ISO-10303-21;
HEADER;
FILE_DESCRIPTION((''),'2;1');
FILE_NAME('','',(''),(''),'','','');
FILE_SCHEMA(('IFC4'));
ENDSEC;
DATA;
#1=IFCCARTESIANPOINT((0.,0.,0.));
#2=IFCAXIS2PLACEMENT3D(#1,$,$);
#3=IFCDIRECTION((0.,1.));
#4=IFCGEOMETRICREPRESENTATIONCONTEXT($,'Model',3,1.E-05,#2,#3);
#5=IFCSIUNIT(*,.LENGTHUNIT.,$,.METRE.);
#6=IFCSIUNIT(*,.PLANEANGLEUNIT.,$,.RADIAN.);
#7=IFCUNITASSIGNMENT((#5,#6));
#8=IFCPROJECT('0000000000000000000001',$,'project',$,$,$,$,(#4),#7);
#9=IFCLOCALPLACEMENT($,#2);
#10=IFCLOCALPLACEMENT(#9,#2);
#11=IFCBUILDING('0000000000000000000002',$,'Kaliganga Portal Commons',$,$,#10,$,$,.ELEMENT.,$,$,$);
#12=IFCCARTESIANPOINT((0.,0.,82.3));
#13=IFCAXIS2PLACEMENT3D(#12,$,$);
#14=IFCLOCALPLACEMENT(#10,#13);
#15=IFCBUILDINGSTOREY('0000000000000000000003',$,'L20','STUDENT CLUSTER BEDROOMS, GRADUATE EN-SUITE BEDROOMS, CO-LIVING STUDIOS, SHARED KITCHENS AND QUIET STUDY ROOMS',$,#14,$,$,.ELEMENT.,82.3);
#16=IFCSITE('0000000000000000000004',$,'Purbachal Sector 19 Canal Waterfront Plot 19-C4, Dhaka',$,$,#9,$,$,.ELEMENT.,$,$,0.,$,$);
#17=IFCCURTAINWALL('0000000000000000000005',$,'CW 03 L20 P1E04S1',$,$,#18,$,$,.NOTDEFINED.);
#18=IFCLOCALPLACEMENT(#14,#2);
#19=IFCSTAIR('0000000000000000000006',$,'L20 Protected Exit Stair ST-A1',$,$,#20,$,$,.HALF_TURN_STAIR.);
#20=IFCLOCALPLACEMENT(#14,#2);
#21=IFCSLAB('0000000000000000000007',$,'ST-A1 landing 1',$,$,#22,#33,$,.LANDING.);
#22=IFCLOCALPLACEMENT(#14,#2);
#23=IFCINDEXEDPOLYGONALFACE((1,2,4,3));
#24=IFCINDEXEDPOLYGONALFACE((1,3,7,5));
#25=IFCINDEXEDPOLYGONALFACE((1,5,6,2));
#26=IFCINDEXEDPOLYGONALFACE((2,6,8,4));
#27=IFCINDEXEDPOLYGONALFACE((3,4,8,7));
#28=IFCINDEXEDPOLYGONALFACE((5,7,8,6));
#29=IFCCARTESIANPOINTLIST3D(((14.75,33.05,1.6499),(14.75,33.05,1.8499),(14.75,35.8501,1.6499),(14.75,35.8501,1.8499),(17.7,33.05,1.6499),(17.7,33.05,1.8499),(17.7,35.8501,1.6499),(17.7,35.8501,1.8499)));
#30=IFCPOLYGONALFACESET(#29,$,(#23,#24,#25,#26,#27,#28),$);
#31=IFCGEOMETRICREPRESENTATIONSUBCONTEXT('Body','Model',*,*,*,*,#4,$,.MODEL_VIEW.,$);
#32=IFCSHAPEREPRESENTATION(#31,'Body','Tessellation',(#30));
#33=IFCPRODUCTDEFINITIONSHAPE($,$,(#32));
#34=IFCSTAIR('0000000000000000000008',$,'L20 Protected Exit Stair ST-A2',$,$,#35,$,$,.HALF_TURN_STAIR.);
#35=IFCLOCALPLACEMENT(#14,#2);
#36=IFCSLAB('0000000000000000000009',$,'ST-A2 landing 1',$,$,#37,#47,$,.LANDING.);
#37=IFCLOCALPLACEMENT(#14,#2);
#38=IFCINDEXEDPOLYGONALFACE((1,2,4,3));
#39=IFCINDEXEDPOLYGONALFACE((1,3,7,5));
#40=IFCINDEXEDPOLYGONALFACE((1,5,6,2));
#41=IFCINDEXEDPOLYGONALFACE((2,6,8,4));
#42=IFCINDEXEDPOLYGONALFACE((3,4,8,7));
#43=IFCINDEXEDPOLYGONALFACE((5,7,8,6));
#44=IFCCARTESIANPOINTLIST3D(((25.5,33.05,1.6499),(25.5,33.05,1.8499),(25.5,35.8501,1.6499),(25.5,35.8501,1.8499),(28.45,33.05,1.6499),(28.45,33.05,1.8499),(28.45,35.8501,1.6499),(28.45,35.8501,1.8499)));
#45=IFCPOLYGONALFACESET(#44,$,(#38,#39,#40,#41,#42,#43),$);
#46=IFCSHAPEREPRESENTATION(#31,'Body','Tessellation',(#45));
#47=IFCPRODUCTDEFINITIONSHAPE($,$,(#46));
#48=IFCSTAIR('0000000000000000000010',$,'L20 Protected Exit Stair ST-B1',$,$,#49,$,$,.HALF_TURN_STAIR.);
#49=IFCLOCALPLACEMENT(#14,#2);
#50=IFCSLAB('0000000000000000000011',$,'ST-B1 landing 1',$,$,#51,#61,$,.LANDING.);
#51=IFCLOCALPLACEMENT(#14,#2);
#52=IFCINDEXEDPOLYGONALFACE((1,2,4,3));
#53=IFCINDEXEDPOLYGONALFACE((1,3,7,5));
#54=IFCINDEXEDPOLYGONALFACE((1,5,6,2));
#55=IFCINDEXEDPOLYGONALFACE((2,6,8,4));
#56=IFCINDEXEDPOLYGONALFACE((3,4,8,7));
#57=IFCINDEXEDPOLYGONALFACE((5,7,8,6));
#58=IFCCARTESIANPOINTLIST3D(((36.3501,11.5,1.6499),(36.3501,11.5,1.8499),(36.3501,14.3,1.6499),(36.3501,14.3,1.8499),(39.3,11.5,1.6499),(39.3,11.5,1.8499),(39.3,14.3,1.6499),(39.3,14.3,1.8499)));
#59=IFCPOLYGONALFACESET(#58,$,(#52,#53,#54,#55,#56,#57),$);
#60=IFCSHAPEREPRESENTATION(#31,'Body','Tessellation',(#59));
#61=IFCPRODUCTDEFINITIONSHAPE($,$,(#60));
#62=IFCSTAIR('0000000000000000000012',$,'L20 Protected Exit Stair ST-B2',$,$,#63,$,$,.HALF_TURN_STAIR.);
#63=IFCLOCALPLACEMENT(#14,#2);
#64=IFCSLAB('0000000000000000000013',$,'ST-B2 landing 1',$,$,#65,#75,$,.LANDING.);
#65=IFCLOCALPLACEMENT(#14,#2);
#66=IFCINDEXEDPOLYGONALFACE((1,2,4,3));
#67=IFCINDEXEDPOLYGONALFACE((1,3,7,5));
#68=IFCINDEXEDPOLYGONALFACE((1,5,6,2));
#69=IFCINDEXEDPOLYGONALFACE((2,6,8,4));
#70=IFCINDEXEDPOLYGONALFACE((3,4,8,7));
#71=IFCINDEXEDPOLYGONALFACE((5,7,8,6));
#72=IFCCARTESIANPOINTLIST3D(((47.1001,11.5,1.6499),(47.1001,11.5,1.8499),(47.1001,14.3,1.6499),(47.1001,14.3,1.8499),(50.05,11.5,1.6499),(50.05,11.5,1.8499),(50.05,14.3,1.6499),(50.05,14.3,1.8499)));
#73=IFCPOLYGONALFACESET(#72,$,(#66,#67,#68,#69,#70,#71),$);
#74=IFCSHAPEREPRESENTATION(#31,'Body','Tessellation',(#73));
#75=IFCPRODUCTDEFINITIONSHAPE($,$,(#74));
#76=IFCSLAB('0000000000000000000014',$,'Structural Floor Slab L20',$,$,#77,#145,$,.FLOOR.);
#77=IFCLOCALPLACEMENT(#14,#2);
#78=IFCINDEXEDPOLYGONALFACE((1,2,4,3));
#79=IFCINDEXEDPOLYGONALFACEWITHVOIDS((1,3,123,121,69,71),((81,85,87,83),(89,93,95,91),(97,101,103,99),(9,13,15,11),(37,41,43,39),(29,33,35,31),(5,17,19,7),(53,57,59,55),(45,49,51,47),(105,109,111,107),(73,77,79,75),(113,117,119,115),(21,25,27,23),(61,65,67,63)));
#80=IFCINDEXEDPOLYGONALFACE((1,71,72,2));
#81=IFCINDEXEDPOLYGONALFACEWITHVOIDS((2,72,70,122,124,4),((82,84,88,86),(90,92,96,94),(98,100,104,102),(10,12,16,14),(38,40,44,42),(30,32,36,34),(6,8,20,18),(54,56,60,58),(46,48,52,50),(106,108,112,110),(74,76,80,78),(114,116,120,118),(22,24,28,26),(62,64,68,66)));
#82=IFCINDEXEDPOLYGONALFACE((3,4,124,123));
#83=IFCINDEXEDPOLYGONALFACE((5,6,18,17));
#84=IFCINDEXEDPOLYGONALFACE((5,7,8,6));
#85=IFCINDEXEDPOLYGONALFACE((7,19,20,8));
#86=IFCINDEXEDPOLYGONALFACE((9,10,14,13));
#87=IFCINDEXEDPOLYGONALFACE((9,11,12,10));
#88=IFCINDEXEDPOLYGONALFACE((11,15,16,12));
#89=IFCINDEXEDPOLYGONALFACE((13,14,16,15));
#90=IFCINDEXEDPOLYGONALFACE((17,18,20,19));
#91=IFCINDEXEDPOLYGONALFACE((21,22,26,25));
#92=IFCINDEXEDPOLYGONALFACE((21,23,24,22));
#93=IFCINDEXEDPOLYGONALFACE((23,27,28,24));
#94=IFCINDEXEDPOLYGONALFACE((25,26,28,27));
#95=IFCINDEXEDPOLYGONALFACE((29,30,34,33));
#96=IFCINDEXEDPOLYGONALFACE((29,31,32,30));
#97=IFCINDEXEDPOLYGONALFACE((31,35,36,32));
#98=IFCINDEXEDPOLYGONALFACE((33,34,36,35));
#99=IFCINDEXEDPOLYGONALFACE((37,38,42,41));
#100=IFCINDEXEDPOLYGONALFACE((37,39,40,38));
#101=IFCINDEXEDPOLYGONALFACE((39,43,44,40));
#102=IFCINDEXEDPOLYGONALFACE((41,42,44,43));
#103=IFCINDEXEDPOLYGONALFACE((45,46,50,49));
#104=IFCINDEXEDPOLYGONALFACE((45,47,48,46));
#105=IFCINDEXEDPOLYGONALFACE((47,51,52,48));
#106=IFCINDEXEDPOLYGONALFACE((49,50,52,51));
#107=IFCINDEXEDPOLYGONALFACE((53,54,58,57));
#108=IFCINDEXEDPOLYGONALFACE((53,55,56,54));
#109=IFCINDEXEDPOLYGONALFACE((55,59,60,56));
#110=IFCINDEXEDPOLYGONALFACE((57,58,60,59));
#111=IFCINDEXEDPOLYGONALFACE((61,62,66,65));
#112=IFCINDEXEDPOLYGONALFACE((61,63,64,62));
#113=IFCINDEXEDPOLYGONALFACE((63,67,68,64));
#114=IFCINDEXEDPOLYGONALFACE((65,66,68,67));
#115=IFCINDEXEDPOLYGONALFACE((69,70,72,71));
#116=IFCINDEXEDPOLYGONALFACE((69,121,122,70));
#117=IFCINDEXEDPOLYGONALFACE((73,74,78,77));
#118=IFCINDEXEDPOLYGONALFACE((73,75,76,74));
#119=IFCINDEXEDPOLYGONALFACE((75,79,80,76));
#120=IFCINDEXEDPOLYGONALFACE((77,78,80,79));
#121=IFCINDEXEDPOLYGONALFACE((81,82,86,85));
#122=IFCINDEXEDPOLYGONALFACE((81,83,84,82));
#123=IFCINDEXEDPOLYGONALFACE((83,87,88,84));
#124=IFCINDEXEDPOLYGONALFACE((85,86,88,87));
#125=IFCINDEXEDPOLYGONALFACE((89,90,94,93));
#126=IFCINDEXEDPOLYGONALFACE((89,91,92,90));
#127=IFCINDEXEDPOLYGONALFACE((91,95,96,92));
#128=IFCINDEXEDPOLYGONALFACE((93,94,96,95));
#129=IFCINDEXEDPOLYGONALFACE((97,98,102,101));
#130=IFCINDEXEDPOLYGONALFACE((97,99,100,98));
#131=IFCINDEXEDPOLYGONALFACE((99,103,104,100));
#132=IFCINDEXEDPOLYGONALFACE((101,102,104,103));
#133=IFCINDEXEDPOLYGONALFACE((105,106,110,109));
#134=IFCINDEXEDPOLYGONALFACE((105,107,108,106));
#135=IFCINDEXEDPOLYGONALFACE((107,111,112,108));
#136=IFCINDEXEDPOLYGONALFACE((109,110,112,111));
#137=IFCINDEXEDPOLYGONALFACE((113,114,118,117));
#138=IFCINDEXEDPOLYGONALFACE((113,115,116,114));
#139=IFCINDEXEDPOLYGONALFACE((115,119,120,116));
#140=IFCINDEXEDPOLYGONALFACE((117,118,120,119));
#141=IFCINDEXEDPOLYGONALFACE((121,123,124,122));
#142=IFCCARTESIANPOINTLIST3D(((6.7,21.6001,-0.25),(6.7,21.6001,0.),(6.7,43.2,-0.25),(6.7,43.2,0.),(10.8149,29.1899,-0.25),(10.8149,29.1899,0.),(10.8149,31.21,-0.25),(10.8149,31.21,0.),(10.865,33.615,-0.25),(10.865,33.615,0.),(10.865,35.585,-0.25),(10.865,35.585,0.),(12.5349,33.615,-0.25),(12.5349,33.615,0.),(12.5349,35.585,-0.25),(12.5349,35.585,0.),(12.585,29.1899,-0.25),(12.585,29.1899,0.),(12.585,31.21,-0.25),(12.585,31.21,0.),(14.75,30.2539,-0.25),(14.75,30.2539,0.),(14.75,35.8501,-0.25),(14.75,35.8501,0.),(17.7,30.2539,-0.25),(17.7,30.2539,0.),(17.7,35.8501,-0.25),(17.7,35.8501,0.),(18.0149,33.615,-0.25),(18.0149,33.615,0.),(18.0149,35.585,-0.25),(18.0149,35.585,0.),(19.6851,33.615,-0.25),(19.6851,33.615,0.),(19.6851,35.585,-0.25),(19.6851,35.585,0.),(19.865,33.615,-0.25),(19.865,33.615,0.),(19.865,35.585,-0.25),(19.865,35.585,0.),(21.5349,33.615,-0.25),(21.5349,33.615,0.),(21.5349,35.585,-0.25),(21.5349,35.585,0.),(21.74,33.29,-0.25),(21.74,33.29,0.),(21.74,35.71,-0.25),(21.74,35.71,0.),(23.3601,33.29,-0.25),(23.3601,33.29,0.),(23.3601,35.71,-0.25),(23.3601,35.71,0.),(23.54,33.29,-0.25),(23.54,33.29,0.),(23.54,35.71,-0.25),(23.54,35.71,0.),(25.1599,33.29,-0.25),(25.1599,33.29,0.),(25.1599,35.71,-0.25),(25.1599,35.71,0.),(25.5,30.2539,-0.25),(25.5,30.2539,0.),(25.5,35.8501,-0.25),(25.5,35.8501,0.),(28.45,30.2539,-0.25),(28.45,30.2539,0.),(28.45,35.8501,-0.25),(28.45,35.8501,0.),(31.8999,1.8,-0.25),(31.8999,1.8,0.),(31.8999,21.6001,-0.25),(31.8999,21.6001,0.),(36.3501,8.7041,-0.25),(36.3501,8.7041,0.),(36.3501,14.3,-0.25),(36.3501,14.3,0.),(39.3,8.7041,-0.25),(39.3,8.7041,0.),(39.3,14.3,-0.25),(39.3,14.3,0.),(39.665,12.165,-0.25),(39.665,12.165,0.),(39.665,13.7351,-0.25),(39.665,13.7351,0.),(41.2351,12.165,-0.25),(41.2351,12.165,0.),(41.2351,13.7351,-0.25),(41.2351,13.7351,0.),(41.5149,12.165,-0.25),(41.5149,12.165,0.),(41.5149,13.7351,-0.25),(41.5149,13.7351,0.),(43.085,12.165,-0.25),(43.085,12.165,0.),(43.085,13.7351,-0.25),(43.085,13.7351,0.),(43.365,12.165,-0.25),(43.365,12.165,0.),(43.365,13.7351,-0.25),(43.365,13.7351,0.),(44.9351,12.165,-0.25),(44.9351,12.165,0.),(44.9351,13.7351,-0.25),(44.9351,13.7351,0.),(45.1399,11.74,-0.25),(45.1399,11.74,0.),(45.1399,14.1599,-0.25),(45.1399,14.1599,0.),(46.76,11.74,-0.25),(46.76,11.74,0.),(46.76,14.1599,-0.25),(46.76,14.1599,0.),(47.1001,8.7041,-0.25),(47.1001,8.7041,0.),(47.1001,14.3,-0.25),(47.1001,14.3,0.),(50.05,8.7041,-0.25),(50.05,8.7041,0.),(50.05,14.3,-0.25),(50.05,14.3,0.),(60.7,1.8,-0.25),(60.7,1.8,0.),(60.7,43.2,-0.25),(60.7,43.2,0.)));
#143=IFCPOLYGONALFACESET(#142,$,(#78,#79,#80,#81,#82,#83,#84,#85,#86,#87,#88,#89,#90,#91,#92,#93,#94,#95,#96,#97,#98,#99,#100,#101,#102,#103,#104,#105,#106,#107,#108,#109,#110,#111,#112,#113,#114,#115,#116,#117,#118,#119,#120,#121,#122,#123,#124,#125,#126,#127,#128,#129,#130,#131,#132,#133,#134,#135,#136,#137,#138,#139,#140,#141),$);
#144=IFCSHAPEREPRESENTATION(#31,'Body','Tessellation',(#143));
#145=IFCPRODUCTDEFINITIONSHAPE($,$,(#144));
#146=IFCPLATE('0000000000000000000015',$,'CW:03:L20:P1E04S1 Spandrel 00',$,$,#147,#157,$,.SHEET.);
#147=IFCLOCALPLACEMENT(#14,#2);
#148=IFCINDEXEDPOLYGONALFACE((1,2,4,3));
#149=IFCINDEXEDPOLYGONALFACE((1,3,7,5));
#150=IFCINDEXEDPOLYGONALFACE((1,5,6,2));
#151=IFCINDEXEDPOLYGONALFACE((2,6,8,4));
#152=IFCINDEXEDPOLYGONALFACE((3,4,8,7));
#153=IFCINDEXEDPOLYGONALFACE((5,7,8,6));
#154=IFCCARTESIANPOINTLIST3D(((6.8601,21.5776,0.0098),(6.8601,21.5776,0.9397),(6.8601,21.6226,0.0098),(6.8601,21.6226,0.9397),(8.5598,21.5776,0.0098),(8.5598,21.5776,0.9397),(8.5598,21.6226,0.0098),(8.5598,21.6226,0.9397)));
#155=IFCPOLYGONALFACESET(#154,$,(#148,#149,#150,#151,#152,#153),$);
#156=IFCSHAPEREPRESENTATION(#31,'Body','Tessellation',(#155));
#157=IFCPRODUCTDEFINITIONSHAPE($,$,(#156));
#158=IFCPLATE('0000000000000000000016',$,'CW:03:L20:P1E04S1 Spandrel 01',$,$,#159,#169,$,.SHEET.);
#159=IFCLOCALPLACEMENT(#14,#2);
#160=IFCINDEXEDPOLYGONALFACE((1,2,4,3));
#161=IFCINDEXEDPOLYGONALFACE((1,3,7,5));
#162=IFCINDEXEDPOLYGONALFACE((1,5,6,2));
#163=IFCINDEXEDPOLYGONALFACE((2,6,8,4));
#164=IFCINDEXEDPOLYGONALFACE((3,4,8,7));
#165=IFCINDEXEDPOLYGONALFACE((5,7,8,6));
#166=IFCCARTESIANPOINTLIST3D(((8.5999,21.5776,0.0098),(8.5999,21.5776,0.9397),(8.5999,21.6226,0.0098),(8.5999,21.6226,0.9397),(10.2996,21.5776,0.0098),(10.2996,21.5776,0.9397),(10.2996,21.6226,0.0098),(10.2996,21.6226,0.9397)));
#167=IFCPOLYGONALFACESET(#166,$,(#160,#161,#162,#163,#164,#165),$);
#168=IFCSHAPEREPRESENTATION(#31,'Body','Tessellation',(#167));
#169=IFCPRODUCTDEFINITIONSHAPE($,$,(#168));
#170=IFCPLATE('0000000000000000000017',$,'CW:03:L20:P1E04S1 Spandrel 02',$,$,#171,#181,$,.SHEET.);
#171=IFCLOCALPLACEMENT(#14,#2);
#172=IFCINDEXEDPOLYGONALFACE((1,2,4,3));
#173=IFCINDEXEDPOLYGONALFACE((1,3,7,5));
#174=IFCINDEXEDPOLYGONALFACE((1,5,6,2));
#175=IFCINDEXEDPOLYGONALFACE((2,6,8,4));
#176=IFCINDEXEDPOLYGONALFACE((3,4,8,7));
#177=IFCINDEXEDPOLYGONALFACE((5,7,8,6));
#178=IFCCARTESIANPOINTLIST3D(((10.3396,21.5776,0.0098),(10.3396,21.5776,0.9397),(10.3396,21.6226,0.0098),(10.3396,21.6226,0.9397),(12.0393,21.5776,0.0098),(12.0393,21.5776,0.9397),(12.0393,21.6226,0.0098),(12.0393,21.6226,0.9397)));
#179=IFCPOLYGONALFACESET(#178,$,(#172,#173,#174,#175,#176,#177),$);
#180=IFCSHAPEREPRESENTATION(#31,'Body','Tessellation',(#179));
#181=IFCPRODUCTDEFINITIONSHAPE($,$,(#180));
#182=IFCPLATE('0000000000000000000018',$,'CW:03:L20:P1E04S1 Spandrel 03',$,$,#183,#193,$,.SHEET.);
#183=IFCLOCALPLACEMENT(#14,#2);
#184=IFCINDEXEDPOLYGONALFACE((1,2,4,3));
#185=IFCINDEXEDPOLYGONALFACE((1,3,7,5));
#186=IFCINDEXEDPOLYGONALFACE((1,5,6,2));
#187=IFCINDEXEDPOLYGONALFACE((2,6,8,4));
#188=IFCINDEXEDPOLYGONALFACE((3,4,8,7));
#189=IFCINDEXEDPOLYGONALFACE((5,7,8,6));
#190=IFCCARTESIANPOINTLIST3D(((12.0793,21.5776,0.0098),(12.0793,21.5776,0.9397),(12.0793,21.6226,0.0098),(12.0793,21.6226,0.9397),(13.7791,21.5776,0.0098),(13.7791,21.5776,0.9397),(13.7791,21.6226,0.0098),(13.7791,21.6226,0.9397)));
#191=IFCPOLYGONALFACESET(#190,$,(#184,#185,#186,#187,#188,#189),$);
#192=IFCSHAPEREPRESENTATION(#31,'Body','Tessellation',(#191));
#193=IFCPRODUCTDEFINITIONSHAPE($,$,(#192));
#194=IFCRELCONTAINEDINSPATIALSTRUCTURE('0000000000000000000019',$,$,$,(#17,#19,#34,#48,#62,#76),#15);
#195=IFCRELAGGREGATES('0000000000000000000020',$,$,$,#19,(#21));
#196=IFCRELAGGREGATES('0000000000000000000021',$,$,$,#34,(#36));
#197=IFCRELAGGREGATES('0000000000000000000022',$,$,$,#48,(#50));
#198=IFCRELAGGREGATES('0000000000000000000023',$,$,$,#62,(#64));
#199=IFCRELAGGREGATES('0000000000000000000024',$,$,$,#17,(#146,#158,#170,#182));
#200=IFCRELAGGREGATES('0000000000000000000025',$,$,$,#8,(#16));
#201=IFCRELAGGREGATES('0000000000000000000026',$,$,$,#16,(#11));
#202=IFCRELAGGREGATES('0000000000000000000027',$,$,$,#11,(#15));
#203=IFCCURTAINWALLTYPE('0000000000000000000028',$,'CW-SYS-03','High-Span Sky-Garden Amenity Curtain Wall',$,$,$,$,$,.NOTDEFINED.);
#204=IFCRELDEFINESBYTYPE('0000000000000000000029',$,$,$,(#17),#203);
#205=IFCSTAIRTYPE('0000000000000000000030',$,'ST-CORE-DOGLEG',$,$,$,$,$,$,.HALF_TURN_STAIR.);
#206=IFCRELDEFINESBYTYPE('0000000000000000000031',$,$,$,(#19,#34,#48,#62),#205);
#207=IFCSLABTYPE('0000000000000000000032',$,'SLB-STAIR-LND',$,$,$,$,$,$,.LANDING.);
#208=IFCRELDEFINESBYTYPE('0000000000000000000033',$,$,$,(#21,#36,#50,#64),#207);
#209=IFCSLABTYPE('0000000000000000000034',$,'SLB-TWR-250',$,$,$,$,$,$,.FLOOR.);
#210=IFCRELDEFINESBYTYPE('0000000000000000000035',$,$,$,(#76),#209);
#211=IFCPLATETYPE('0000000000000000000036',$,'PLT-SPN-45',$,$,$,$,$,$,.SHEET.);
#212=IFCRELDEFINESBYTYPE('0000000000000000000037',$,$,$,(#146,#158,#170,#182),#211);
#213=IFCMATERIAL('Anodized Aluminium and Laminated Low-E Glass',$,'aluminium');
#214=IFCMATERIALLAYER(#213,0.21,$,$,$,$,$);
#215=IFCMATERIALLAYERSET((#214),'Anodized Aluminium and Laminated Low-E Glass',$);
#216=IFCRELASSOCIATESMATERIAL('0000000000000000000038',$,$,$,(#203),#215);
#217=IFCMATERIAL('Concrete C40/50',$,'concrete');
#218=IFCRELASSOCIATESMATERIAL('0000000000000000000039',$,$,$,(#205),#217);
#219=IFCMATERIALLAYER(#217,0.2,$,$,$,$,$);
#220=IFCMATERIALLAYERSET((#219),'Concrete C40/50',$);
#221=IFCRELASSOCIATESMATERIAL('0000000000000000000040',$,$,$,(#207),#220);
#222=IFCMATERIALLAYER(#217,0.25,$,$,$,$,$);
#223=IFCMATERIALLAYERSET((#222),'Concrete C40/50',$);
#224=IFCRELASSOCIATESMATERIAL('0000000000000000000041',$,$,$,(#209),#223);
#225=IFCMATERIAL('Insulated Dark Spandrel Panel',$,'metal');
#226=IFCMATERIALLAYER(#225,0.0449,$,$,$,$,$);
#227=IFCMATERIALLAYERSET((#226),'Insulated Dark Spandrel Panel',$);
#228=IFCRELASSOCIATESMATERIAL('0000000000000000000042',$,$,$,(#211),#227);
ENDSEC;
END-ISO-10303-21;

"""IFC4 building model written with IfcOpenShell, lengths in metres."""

from ifc_helpers import new_model, si_unit, direction, frame, origin, origin_2d, place, context, subcontext, project, spatial, polyline, rectangle, outline, extrude, source, transform, mapped, material, layer, layer_set, type_object, element, aggregate, save


model = new_model("IFC4")

# Units and contexts
model_context = context("Model", 3, precision=1e-05, world=origin(), true_north=direction((0.0, 1.0)))
body_context = subcontext(model_context, "Body", "Model", "MODEL_VIEW")
ifc_project = project(units=[si_unit("LENGTHUNIT", "METRE"), si_unit("PLANEANGLEUNIT", "RADIAN")], contexts=[model_context])

# Site, building, storey
site_placement = place(None, origin())
site = spatial("IfcSite", under=ifc_project, at=site_placement, Name="Purbachal Sector 19 Canal Waterfront Plot 19-C4, Dhaka", CompositionType="ELEMENT", RefElevation=0.0)
building_placement = place(site_placement, origin())
building = spatial("IfcBuilding", under=site, at=building_placement, Name="Kaliganga Portal Commons", CompositionType="ELEMENT")
storey_placement = place(building_placement, frame((0.0, 0.0, 82.3)))
storey = spatial("IfcBuildingStorey", under=building, at=storey_placement, Name="L20", Description="STUDENT CLUSTER BEDROOMS, GRADUATE EN-SUITE BEDROOMS, CO-LIVING STUDIOS, SHARED KITCHENS AND QUIET STUDY ROOMS", CompositionType="ELEMENT", Elevation=82.3)

# Curtain wall
ifc_material_1 = material(Name="Anodized Aluminium and Laminated Low-E Glass", Category="aluminium")
ifc_layer_1 = layer(ifc_material_1, 0.21)
ifc_layer_set_1 = layer_set([ifc_layer_1], Name="Anodized Aluminium and Laminated Low-E Glass")
curtain_wall_type = type_object("IfcCurtainWallType", Name="CW-SYS-03", Description="High-Span Sky-Garden Amenity Curtain Wall", PredefinedType="NOTDEFINED", material=ifc_layer_set_1)
curtain_wall_placement = place(storey_placement, origin())
curtain_wall = element("IfcCurtainWall", 1, at=curtain_wall_placement, inside=storey, type_object=curtain_wall_type, Name="CW 03 L20 P1E04S1", PredefinedType="NOTDEFINED")

# Shared definitions
ifc_material_2 = material(Name="Concrete C40/50", Category="concrete")

# Stairs, slabs
stair_type = type_object("IfcStairType", Name="ST-CORE-DOGLEG", PredefinedType="HALF_TURN_STAIR", material=ifc_material_2)
stair_1_placement = place(storey_placement, origin())
stair_1 = element("IfcStair", 2, at=stair_1_placement, inside=storey, type_object=stair_type, Name="L20 Protected Exit Stair ST-A1", PredefinedType="HALF_TURN_STAIR")
ifc_layer_2 = layer(ifc_material_2, 0.2)
ifc_layer_set_2 = layer_set([ifc_layer_2], Name="Concrete C40/50")
slab_type_1 = type_object("IfcSlabType", Name="SLB-STAIR-LND", PredefinedType="LANDING", material=ifc_layer_set_2)
slab_1_placement = place(storey_placement, frame((0.0, 0.0, 1.6499)))
slab_1 = element("IfcSlab", 3, at=slab_1_placement, type_object=slab_type_1, Name="ST-A1 landing 1", PredefinedType="LANDING", context=body_context, shape_type="SweptSolid", body=[
    extrude(outline(polyline([(17.7, 33.05), (17.7, 35.8501), (14.75, 35.8501), (14.75, 33.05), (17.7, 33.05)])), origin(), (0.0, 0.0, 1.0), 0.2),
])
aggregate(stair_1, [slab_1])
stair_2_placement = place(storey_placement, origin())
stair_2 = element("IfcStair", 4, at=stair_2_placement, inside=storey, type_object=stair_type, Name="L20 Protected Exit Stair ST-A2", PredefinedType="HALF_TURN_STAIR")
slab_2_placement = place(storey_placement, frame((0.0, 0.0, 1.6499)))
slab_2 = element("IfcSlab", 5, at=slab_2_placement, type_object=slab_type_1, Name="ST-A2 landing 1", PredefinedType="LANDING", context=body_context, shape_type="SweptSolid", body=[
    extrude(outline(polyline([(28.45, 33.05), (28.45, 35.8501), (25.5, 35.8501), (25.5, 33.05), (28.45, 33.05)])), origin(), (0.0, 0.0, 1.0), 0.2),
])
aggregate(stair_2, [slab_2])
stair_3_placement = place(storey_placement, origin())
stair_3 = element("IfcStair", 6, at=stair_3_placement, inside=storey, type_object=stair_type, Name="L20 Protected Exit Stair ST-B1", PredefinedType="HALF_TURN_STAIR")
slab_3_placement = place(storey_placement, frame((0.0, 0.0, 1.6499)))
slab_3 = element("IfcSlab", 7, at=slab_3_placement, type_object=slab_type_1, Name="ST-B1 landing 1", PredefinedType="LANDING", context=body_context, shape_type="SweptSolid", body=[
    extrude(outline(polyline([(39.3, 11.5), (39.3, 14.3), (36.3501, 14.3), (36.3501, 11.5), (39.3, 11.5)])), origin(), (0.0, 0.0, 1.0), 0.2),
])
aggregate(stair_3, [slab_3])
stair_4_placement = place(storey_placement, origin())
stair_4 = element("IfcStair", 8, at=stair_4_placement, inside=storey, type_object=stair_type, Name="L20 Protected Exit Stair ST-B2", PredefinedType="HALF_TURN_STAIR")
slab_4_placement = place(storey_placement, frame((0.0, 0.0, 1.6499)))
slab_4 = element("IfcSlab", 9, at=slab_4_placement, type_object=slab_type_1, Name="ST-B2 landing 1", PredefinedType="LANDING", context=body_context, shape_type="SweptSolid", body=[
    extrude(outline(polyline([(50.05, 11.5), (50.05, 14.3), (47.1001, 14.3), (47.1001, 11.5), (50.05, 11.5)])), origin(), (0.0, 0.0, 1.0), 0.2),
])
aggregate(stair_4, [slab_4])

# Slab
ifc_layer_3 = layer(ifc_material_2, 0.25)
ifc_layer_set_3 = layer_set([ifc_layer_3], Name="Concrete C40/50")
slab_type_2 = type_object("IfcSlabType", Name="SLB-TWR-250", PredefinedType="FLOOR", material=ifc_layer_set_3)
slab_5_placement = place(storey_placement, frame((0.0, 0.0, -0.25)))
element("IfcSlab", 10, at=slab_5_placement, inside=storey, type_object=slab_type_2, Name="Structural Floor Slab L20", PredefinedType="FLOOR", context=body_context, shape_type="SweptSolid", body=[
    extrude(outline(polyline([(31.8999, 1.8), (60.7, 1.8), (60.7, 43.2), (6.7, 43.2), (6.7, 21.6001), (31.8999, 21.6001), (31.8999, 1.8)]), holes=[polyline([(14.75, 30.2539), (14.75, 35.8501), (17.7, 35.8501), (17.7, 30.2539), (14.75, 30.2539)]), polyline([(25.5, 30.2539), (25.5, 35.8501), (28.45, 35.8501), (28.45, 30.2539), (25.5, 30.2539)]), polyline([(36.3501, 8.7041), (36.3501, 14.3), (39.3, 14.3), (39.3, 8.7041), (36.3501, 8.7041)]), polyline([(47.1001, 8.7041), (47.1001, 14.3), (50.05, 14.3), (50.05, 8.7041), (47.1001, 8.7041)]), polyline([(18.0149, 33.615), (18.0149, 35.585), (19.6851, 35.585), (19.6851, 33.615), (18.0149, 33.615)]), polyline([(19.865, 33.615), (19.865, 35.585), (21.5349, 35.585), (21.5349, 33.615), (19.865, 33.615)]), polyline([(10.8149, 29.1899), (10.8149, 31.21), (12.585, 31.21), (12.585, 29.1899), (10.8149, 29.1899)]), polyline([(10.865, 33.615), (10.865, 35.585), (12.5349, 35.585), (12.5349, 33.615), (10.865, 33.615)]), polyline([(21.74, 33.29), (21.74, 35.71), (23.3601, 35.71), (23.3601, 33.29), (21.74, 33.29)]), polyline([(23.54, 33.29), (23.54, 35.71), (25.1599, 35.71), (25.1599, 33.29), (23.54, 33.29)]), polyline([(39.665, 12.165), (39.665, 13.7351), (41.2351, 13.7351), (41.2351, 12.165), (39.665, 12.165)]), polyline([(41.5149, 12.165), (41.5149, 13.7351), (43.085, 13.7351), (43.085, 12.165), (41.5149, 12.165)]), polyline([(43.365, 12.165), (43.365, 13.7351), (44.9351, 13.7351), (44.9351, 12.165), (43.365, 12.165)]), polyline([(45.1399, 11.74), (45.1399, 14.1599), (46.76, 14.1599), (46.76, 11.74), (45.1399, 11.74)])]), origin(), (0.0, 0.0, 1.0), 0.25),
])

# Plates
ifc_material_3 = material(Name="Insulated Dark Spandrel Panel", Category="metal")
ifc_layer_4 = layer(ifc_material_3, 0.0449)
ifc_layer_set_4 = layer_set([ifc_layer_4], Name="Insulated Dark Spandrel Panel")
plate_type_1 = type_object("IfcPlateType", Name="PLT-SPN-45", PredefinedType="SHEET", material=ifc_layer_set_4)
shared_shape_1 = source(origin(), body_context, "Body", "SweptSolid", [
    extrude(rectangle(XDim=1.6997, YDim=0.0449, at=origin_2d()), origin(), (0.0, 0.0, 1.0), 0.9299),
])
plate_1_placement = place(storey_placement, frame((7.71, 21.6001, 0.0098), z_axis=(0.0, 0.0, 1.0), x_axis=(1.0, 0.0, 0.0)))
plate_1 = element("IfcPlate", 11, at=plate_1_placement, type_object=plate_type_1, Name="CW:03:L20:P1E04S1 Spandrel 00", PredefinedType="SHEET", context=body_context, shape_type="MappedRepresentation", body=[
    mapped(shared_shape_1, transform((0.0, 0.0, 0.0), x_axis=(1.0, 0.0, 0.0), y_axis=(0.0, 1.0, 0.0), z_axis=(0.0, 0.0, 1.0), scale=1.0)),
])
plate_2_placement = place(storey_placement, frame((9.4497, 21.6001, 0.0098), z_axis=(0.0, 0.0, 1.0), x_axis=(1.0, 0.0, 0.0)))
plate_2 = element("IfcPlate", 12, at=plate_2_placement, type_object=plate_type_1, Name="CW:03:L20:P1E04S1 Spandrel 01", PredefinedType="SHEET", context=body_context, shape_type="MappedRepresentation", body=[
    mapped(shared_shape_1, transform((0.0, 0.0, 0.0), x_axis=(1.0, 0.0, 0.0), y_axis=(0.0, 1.0, 0.0), z_axis=(0.0, 0.0, 1.0), scale=1.0)),
])
plate_3_placement = place(storey_placement, frame((11.1895, 21.6001, 0.0098), z_axis=(0.0, 0.0, 1.0), x_axis=(1.0, 0.0, 0.0)))
plate_3 = element("IfcPlate", 13, at=plate_3_placement, type_object=plate_type_1, Name="CW:03:L20:P1E04S1 Spandrel 02", PredefinedType="SHEET", context=body_context, shape_type="MappedRepresentation", body=[
    mapped(shared_shape_1, transform((0.0, 0.0, 0.0), x_axis=(1.0, 0.0, 0.0), y_axis=(0.0, 1.0, 0.0), z_axis=(0.0, 0.0, 1.0), scale=1.0)),
])
plate_4_placement = place(storey_placement, frame((12.9292, 21.6001, 0.0098), z_axis=(0.0, 0.0, 1.0), x_axis=(1.0, 0.0, 0.0)))
plate_4 = element("IfcPlate", 14, at=plate_4_placement, type_object=plate_type_1, Name="CW:03:L20:P1E04S1 Spandrel 03", PredefinedType="SHEET", context=body_context, shape_type="MappedRepresentation", body=[
    mapped(shared_shape_1, transform((0.0, 0.0, 0.0), x_axis=(1.0, 0.0, 0.0), y_axis=(0.0, 1.0, 0.0), z_axis=(0.0, 0.0, 1.0), scale=1.0)),
])
aggregate(curtain_wall, [plate_1, plate_2, plate_3, plate_4])

save(model, "model.ifc")
